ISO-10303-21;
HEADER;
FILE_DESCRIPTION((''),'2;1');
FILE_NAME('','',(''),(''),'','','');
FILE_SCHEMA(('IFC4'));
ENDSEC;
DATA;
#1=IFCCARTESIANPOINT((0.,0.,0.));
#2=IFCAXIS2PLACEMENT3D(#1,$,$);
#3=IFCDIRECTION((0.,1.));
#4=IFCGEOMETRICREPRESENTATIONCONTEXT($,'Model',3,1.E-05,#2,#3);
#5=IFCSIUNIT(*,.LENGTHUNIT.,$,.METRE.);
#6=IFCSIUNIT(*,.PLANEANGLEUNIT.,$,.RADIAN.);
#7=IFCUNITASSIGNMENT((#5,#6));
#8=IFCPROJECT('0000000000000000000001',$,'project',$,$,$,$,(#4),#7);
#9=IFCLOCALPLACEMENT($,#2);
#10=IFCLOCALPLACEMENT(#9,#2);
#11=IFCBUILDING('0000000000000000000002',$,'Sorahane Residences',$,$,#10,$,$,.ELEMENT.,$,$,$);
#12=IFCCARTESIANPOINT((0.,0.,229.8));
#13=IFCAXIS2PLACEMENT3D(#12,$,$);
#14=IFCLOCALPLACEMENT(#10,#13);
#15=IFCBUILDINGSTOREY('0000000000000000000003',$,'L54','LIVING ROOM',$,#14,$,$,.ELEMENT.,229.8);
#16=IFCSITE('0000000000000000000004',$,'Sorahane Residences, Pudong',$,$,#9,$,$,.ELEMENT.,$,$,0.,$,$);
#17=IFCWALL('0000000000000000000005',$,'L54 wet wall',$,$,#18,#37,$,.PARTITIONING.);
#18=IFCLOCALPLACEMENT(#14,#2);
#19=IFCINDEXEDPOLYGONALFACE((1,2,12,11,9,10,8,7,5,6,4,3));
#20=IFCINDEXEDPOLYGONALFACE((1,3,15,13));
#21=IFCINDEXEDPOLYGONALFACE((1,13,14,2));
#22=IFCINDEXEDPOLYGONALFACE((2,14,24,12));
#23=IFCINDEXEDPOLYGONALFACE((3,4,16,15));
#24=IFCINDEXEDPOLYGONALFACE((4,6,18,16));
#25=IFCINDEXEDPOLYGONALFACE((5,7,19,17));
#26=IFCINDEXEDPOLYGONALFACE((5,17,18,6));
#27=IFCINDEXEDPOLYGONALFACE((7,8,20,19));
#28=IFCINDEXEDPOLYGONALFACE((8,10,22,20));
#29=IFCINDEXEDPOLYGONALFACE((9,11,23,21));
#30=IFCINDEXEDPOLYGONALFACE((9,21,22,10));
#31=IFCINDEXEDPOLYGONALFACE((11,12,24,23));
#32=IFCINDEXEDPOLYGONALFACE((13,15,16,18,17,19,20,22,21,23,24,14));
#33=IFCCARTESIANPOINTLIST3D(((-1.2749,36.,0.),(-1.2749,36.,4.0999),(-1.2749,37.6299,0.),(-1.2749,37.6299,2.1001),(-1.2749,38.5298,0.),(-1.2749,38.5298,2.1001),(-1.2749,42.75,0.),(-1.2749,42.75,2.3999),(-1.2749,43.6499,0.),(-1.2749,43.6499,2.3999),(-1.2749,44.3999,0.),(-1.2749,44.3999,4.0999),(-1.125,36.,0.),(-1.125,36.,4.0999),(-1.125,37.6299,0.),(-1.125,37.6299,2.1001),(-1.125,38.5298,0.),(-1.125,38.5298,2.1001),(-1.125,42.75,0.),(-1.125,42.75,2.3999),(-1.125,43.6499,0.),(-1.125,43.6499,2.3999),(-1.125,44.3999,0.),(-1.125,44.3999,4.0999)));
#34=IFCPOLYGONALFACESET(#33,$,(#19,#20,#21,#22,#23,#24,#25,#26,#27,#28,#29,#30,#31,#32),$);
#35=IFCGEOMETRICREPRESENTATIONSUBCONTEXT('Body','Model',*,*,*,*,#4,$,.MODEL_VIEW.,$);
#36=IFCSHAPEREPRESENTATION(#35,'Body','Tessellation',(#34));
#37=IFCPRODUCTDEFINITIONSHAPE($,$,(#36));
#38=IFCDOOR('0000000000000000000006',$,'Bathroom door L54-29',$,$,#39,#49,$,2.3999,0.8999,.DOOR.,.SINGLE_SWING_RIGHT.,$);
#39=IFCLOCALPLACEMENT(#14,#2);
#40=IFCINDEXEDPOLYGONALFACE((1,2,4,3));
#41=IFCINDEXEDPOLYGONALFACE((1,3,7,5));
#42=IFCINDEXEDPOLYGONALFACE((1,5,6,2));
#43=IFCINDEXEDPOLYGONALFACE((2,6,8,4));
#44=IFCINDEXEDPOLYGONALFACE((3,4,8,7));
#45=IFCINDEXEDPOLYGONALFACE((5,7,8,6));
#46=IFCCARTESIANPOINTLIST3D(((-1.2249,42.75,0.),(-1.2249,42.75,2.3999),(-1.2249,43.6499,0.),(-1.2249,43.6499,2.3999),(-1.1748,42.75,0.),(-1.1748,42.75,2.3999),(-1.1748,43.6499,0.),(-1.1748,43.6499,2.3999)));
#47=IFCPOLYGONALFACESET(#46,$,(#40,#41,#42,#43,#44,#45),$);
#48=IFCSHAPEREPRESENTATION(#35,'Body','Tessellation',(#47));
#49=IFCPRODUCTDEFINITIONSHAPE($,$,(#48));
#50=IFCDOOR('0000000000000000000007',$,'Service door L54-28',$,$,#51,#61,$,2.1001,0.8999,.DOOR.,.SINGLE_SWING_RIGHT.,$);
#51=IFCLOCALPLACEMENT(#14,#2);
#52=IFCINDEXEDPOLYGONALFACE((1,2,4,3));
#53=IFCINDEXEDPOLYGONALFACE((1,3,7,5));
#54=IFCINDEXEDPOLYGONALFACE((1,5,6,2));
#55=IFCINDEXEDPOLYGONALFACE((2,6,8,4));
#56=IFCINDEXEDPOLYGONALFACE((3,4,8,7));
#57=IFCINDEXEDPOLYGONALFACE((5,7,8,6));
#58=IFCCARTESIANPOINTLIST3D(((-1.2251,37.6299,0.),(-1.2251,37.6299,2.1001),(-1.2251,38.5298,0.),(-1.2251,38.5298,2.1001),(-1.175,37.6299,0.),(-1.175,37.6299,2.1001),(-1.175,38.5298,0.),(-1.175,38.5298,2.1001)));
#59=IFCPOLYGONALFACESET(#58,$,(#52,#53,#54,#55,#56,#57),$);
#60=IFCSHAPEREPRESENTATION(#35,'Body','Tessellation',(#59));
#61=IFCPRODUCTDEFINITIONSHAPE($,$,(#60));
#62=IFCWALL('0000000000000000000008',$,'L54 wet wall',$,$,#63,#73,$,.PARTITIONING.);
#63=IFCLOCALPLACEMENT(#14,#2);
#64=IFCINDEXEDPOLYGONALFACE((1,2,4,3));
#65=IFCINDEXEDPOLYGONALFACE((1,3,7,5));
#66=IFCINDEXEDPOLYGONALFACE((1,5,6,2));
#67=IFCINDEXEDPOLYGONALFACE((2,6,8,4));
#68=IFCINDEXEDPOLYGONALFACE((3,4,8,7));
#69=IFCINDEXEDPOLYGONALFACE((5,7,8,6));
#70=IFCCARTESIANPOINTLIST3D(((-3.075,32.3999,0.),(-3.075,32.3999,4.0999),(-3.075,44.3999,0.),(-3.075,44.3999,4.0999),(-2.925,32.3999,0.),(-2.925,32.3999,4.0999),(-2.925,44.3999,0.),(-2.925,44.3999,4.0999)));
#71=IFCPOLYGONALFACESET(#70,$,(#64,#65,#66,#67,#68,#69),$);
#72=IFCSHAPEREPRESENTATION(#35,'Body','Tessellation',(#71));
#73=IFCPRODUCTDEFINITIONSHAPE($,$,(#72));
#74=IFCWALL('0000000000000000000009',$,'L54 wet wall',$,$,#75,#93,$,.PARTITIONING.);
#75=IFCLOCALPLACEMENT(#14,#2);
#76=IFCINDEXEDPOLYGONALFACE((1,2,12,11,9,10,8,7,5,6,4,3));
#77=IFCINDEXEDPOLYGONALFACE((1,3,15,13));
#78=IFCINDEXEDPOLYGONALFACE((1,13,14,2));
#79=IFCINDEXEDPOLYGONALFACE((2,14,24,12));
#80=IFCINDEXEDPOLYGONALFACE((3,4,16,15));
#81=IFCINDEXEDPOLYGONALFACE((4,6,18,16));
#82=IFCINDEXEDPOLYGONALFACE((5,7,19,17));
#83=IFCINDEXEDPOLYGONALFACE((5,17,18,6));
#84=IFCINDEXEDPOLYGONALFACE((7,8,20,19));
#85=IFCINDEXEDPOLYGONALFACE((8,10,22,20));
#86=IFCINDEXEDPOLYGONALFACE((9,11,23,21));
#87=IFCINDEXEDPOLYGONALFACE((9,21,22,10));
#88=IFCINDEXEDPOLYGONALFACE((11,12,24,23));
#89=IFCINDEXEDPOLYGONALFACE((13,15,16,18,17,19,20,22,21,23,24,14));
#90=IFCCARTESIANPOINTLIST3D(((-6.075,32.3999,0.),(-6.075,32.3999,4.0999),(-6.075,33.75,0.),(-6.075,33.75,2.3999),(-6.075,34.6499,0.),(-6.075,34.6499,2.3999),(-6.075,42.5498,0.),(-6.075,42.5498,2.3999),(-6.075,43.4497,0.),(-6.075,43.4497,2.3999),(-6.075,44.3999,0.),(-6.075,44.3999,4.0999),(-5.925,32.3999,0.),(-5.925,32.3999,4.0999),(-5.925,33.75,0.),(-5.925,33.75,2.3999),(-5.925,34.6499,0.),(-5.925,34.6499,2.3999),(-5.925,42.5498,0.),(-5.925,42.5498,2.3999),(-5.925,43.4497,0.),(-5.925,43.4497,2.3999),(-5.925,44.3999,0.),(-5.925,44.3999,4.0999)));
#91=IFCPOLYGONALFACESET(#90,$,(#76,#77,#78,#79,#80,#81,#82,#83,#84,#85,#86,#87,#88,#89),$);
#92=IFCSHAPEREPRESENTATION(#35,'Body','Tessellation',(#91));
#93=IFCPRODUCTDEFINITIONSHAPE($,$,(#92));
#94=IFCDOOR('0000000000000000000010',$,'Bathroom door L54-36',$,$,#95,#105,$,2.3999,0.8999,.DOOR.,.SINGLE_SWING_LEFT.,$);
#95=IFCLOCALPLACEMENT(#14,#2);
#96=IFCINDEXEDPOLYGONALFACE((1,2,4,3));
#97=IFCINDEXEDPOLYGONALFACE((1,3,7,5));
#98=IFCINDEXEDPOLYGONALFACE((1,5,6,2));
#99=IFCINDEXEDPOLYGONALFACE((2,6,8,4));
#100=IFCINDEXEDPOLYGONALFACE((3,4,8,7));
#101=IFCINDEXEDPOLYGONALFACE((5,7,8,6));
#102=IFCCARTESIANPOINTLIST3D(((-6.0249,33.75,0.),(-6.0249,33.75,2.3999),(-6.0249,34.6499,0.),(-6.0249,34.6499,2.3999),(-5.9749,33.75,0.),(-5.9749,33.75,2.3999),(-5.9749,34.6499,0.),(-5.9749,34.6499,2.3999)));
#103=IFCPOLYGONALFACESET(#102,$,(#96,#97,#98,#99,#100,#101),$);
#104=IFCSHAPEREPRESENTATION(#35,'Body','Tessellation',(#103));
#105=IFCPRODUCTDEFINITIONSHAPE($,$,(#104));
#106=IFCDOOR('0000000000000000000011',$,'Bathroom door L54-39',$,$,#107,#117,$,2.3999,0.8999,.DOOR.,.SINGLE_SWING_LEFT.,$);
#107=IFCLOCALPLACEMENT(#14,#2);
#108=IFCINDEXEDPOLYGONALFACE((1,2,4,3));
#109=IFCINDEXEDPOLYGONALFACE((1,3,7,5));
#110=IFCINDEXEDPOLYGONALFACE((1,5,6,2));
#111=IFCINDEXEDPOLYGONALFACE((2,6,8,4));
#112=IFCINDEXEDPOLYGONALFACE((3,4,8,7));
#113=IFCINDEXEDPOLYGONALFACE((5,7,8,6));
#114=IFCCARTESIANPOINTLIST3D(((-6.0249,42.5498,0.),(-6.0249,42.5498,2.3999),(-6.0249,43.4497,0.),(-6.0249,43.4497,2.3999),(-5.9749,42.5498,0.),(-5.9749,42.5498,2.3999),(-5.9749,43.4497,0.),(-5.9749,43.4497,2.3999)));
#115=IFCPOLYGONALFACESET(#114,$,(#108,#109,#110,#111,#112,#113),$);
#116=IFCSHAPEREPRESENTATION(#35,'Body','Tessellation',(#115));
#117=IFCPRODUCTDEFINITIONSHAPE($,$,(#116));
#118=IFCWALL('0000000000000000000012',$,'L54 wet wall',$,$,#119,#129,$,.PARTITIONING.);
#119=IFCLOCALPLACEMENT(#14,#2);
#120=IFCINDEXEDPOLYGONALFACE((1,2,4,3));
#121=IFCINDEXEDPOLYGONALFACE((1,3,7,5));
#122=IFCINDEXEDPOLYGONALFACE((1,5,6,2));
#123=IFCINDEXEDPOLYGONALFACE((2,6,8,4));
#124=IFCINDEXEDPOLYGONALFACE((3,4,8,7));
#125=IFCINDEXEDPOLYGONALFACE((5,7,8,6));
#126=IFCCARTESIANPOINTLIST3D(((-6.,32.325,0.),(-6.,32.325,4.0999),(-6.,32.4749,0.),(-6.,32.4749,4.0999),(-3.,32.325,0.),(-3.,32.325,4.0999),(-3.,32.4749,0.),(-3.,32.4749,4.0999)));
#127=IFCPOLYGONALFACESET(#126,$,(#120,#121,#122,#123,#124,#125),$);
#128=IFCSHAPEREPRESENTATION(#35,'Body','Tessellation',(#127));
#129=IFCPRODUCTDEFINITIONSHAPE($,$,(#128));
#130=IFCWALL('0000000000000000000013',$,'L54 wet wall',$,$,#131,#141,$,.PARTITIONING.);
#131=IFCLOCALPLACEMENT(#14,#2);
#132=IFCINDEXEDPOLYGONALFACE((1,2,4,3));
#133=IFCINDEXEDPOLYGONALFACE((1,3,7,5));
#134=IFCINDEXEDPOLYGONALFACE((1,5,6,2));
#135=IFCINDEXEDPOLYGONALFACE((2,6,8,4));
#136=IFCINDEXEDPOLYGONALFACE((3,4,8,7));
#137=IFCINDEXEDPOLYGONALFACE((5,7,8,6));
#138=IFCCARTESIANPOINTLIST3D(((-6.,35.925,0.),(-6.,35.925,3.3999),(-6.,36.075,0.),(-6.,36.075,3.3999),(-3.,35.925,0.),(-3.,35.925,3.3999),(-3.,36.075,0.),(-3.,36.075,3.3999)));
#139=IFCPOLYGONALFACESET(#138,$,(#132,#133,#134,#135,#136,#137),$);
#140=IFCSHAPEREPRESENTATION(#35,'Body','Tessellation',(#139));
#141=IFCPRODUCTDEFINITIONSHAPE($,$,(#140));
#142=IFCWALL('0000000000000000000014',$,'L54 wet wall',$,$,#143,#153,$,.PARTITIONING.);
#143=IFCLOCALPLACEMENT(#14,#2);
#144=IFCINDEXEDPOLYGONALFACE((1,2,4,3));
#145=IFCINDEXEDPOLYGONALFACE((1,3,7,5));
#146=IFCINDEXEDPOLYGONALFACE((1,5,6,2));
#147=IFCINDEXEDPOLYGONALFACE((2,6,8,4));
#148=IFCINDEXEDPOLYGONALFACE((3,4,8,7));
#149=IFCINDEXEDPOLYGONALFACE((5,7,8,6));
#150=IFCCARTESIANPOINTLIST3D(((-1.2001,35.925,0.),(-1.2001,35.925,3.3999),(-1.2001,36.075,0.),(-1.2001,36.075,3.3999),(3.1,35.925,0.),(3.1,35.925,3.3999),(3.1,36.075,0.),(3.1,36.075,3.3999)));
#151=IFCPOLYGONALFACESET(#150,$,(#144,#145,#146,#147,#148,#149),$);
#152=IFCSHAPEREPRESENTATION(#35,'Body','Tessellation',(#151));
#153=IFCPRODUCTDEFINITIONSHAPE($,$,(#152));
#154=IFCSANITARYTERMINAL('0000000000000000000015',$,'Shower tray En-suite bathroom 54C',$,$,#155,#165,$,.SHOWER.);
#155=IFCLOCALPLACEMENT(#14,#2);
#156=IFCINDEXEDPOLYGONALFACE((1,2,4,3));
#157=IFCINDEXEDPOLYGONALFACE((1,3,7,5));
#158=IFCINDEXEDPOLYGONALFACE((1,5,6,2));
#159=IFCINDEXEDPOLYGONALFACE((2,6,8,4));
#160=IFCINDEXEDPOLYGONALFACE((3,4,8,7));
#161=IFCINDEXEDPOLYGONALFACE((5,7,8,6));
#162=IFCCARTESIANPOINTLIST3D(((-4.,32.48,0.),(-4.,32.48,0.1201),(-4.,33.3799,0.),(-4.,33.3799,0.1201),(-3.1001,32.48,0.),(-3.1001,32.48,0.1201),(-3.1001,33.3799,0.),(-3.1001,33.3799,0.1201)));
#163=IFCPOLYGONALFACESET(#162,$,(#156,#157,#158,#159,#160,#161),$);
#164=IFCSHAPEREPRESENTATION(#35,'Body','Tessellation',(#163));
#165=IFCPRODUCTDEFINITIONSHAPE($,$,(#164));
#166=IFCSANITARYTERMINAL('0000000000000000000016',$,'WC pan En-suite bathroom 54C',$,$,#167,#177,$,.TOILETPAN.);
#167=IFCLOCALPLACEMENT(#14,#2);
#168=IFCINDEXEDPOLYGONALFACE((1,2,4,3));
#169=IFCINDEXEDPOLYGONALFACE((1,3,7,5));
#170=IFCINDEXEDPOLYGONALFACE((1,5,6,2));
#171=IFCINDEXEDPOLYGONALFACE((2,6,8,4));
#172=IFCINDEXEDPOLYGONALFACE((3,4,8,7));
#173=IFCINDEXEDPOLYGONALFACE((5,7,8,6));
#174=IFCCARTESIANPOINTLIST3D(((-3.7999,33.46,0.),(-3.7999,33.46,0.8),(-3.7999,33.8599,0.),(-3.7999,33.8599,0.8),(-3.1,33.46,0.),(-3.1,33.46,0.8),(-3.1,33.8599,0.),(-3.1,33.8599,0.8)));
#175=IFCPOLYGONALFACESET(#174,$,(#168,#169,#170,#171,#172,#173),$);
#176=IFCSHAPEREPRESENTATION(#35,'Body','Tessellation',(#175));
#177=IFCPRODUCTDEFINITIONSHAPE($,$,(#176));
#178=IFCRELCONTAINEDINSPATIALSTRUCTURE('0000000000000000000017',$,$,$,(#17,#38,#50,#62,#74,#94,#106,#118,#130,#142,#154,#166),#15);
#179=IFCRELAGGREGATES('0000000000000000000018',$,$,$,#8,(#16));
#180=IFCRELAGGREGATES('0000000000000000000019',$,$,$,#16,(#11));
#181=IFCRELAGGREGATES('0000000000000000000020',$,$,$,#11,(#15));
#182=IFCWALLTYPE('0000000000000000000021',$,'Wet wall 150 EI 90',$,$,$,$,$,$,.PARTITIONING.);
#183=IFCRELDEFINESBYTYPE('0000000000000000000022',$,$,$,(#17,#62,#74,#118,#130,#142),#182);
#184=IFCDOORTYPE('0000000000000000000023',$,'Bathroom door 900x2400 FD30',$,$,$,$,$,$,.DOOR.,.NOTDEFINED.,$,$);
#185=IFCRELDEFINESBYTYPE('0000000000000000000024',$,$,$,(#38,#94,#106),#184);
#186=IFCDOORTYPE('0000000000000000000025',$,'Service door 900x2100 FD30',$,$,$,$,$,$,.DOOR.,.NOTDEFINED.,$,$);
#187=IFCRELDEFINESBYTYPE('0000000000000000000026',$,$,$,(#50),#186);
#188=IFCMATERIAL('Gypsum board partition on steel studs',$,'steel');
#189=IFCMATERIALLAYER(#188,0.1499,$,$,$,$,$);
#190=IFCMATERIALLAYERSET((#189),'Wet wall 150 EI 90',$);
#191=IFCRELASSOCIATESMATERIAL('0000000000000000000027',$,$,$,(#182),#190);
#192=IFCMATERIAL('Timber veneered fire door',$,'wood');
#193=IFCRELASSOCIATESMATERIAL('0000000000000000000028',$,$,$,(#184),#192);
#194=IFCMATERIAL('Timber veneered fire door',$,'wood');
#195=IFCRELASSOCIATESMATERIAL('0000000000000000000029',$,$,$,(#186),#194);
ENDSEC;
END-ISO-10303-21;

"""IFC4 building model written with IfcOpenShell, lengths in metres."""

from ifc_helpers import new_model, si_unit, direction, frame, frame_2d, origin, origin_2d, place, context, subcontext, project, spatial, rectangle, extrude, material, layer, layer_set, type_object, element, fill, save


model = new_model("IFC4")

# Units and contexts
model_context = context("Model", 3, precision=1e-05, world=origin(), true_north=direction((0.0, 1.0)))
body_context = subcontext(model_context, "Body", "Model", "MODEL_VIEW")
ifc_project = project(units=[si_unit("LENGTHUNIT", "METRE"), si_unit("PLANEANGLEUNIT", "RADIAN")], contexts=[model_context])

# Site, building, storey
site_placement = place(None, origin())
site = spatial("IfcSite", under=ifc_project, at=site_placement, Name="Sorahane Residences, Pudong", CompositionType="ELEMENT", RefElevation=0.0)
building_placement = place(site_placement, origin())
building = spatial("IfcBuilding", under=site, at=building_placement, Name="Sorahane Residences", CompositionType="ELEMENT")
storey_placement = place(building_placement, frame((0.0, 0.0, 229.8)))
storey = spatial("IfcBuildingStorey", under=building, at=storey_placement, Name="L54", Description="LIVING ROOM", CompositionType="ELEMENT", Elevation=229.8)

# Wall, openings, doors
ifc_material_1 = material(Name="Gypsum board partition on steel studs", Category="steel")
ifc_layer_1 = layer(ifc_material_1, 0.1499)
ifc_layer_set_1 = layer_set([ifc_layer_1], Name="Wet wall 150 EI 90")
wall_type_1 = type_object("IfcWallType", Name="Wet wall 150 EI 90", PredefinedType="PARTITIONING", material=ifc_layer_set_1)
wall_1_placement = place(storey_placement, frame((-1.2, 36.0, 0.0), z_axis=(0.0, 0.0, 1.0), x_axis=(0.0, 1.0, 0.0)))
wall_1 = element("IfcWall", 1, at=wall_1_placement, inside=storey, type_object=wall_type_1, Name="L54 wet wall", PredefinedType="PARTITIONING", context=body_context, shape_type="SweptSolid", body=[
    extrude(rectangle(XDim=8.3999, YDim=0.1499, at=frame_2d((4.2, 0.0))), origin(), (0.0, 0.0, 1.0), 4.0999),
])
opening_1_placement = place(wall_1_placement, frame((1.6299, 0.0, 0.0)))
opening_1 = element("IfcOpeningElement", 2, at=opening_1_placement, cuts=wall_1, PredefinedType="OPENING", context=body_context, shape_type="SweptSolid", body=[
    extrude(rectangle(XDim=0.8999, YDim=2.1001, at=frame_2d((0.45, 1.05))), frame((0.0, 0.085, 0.0), z_axis=(0.0, -1.0, 0.0), x_axis=(1.0, 0.0, 0.0)), (0.0, 0.0, 1.0), 0.1699),
])
opening_2_placement = place(wall_1_placement, frame((6.75, 0.0, 0.0)))
opening_2 = element("IfcOpeningElement", 3, at=opening_2_placement, cuts=wall_1, PredefinedType="OPENING", context=body_context, shape_type="SweptSolid", body=[
    extrude(rectangle(XDim=0.8999, YDim=2.3999, at=frame_2d((0.45, 1.2))), frame((0.0, 0.085, 0.0), z_axis=(0.0, -1.0, 0.0), x_axis=(1.0, 0.0, 0.0)), (0.0, 0.0, 1.0), 0.1699),
])
ifc_material_2 = material(Name="Timber veneered fire door", Category="wood")
door_type_1 = type_object("IfcDoorType", Name="Bathroom door 900x2400 FD30", OperationType="NOTDEFINED", PredefinedType="DOOR", material=ifc_material_2)
door_1_placement = place(opening_2_placement, origin())
door_1 = element("IfcDoor", 4, at=door_1_placement, inside=storey, type_object=door_type_1, Name="Bathroom door L54-29", OperationType="SINGLE_SWING_RIGHT", OverallHeight=2.3999, OverallWidth=0.8999, PredefinedType="DOOR", context=body_context, shape_type="SweptSolid", body=[
    extrude(rectangle(XDim=0.8999, YDim=2.3999, at=frame_2d((0.45, 1.2))), frame((0.0, 0.0249, 0.0), z_axis=(0.0, -1.0, 0.0), x_axis=(1.0, 0.0, 0.0)), (0.0, 0.0, 1.0), 0.05),
])
fill(opening_2, door_1)
ifc_material_3 = material(Name="Timber veneered fire door", Category="wood")
door_type_2 = type_object("IfcDoorType", Name="Service door 900x2100 FD30", OperationType="NOTDEFINED", PredefinedType="DOOR", material=ifc_material_3)
door_2_placement = place(opening_1_placement, frame((0.8999, 0.0, 0.0), z_axis=(0.0, 0.0, 1.0), x_axis=(-1.0, 0.0, 0.0)))
door_2 = element("IfcDoor", 5, at=door_2_placement, inside=storey, type_object=door_type_2, Name="Service door L54-28", OperationType="SINGLE_SWING_RIGHT", OverallHeight=2.1001, OverallWidth=0.8999, PredefinedType="DOOR", context=body_context, shape_type="SweptSolid", body=[
    extrude(rectangle(XDim=0.8999, YDim=2.1001, at=frame_2d((0.45, 1.05))), frame((0.0, 0.0249, 0.0), z_axis=(0.0, -1.0, 0.0), x_axis=(1.0, 0.0, 0.0)), (0.0, 0.0, 1.0), 0.05),
])
fill(opening_1, door_2)

# Wall
wall_2_placement = place(storey_placement, frame((-3.0, 32.3999, 0.0), z_axis=(0.0, 0.0, 1.0), x_axis=(0.0, 1.0, 0.0)))
element("IfcWall", 6, at=wall_2_placement, inside=storey, type_object=wall_type_1, Name="L54 wet wall", PredefinedType="PARTITIONING", context=body_context, shape_type="SweptSolid", body=[
    extrude(rectangle(XDim=12.0, YDim=0.1499, at=frame_2d((6.0, 0.0))), origin(), (0.0, 0.0, 1.0), 4.0999),
])

# Wall, openings, doors
wall_3_placement = place(storey_placement, frame((-6.0, 32.3999, 0.0), z_axis=(0.0, 0.0, 1.0), x_axis=(0.0, 1.0, 0.0)))
wall_3 = element("IfcWall", 7, at=wall_3_placement, inside=storey, type_object=wall_type_1, Name="L54 wet wall", PredefinedType="PARTITIONING", context=body_context, shape_type="SweptSolid", body=[
    extrude(rectangle(XDim=12.0, YDim=0.1499, at=frame_2d((6.0, 0.0))), origin(), (0.0, 0.0, 1.0), 4.0999),
])
opening_3_placement = place(wall_3_placement, frame((1.3501, 0.0, 0.0)))
opening_3 = element("IfcOpeningElement", 8, at=opening_3_placement, cuts=wall_3, PredefinedType="OPENING", context=body_context, shape_type="SweptSolid", body=[
    extrude(rectangle(XDim=0.8999, YDim=2.3999, at=frame_2d((0.45, 1.2))), frame((0.0, 0.085, 0.0), z_axis=(0.0, -1.0, 0.0), x_axis=(1.0, 0.0, 0.0)), (0.0, 0.0, 1.0), 0.1699),
])
opening_4_placement = place(wall_3_placement, frame((10.1499, 0.0, 0.0)))
opening_4 = element("IfcOpeningElement", 9, at=opening_4_placement, cuts=wall_3, PredefinedType="OPENING", context=body_context, shape_type="SweptSolid", body=[
    extrude(rectangle(XDim=0.8999, YDim=2.3999, at=frame_2d((0.45, 1.2))), frame((0.0, 0.085, 0.0), z_axis=(0.0, -1.0, 0.0), x_axis=(1.0, 0.0, 0.0)), (0.0, 0.0, 1.0), 0.1699),
])
door_3_placement = place(opening_3_placement, origin())
door_3 = element("IfcDoor", 10, at=door_3_placement, inside=storey, type_object=door_type_1, Name="Bathroom door L54-36", OperationType="SINGLE_SWING_LEFT", OverallHeight=2.3999, OverallWidth=0.8999, PredefinedType="DOOR", context=body_context, shape_type="SweptSolid", body=[
    extrude(rectangle(XDim=0.8999, YDim=2.3999, at=frame_2d((0.45, 1.2))), frame((0.0, 0.0249, 0.0), z_axis=(0.0, -1.0, 0.0), x_axis=(1.0, 0.0, 0.0)), (0.0, 0.0, 1.0), 0.05),
])
fill(opening_3, door_3)
door_4_placement = place(opening_4_placement, origin())
door_4 = element("IfcDoor", 11, at=door_4_placement, inside=storey, type_object=door_type_1, Name="Bathroom door L54-39", OperationType="SINGLE_SWING_LEFT", OverallHeight=2.3999, OverallWidth=0.8999, PredefinedType="DOOR", context=body_context, shape_type="SweptSolid", body=[
    extrude(rectangle(XDim=0.8999, YDim=2.3999, at=frame_2d((0.45, 1.2))), frame((0.0, 0.0249, 0.0), z_axis=(0.0, -1.0, 0.0), x_axis=(1.0, 0.0, 0.0)), (0.0, 0.0, 1.0), 0.05),
])
fill(opening_4, door_4)

# Walls
wall_4_placement = place(storey_placement, frame((-6.0, 32.3999, 0.0), z_axis=(0.0, 0.0, 1.0), x_axis=(1.0, 0.0, 0.0)))
element("IfcWall", 12, at=wall_4_placement, inside=storey, type_object=wall_type_1, Name="L54 wet wall", PredefinedType="PARTITIONING", context=body_context, shape_type="SweptSolid", body=[
    extrude(rectangle(XDim=3.0, YDim=0.1499, at=frame_2d((1.5, 0.0))), origin(), (0.0, 0.0, 1.0), 4.0999),
])
wall_5_placement = place(storey_placement, frame((-6.0, 36.0, 0.0), z_axis=(0.0, 0.0, 1.0), x_axis=(1.0, 0.0, 0.0)))
element("IfcWall", 13, at=wall_5_placement, inside=storey, type_object=wall_type_1, Name="L54 wet wall", PredefinedType="PARTITIONING", context=body_context, shape_type="SweptSolid", body=[
    extrude(rectangle(XDim=3.0, YDim=0.1499, at=frame_2d((1.5, 0.0))), origin(), (0.0, 0.0, 1.0), 3.3999),
])
wall_6_placement = place(storey_placement, frame((-1.2, 36.0, 0.0), z_axis=(0.0, 0.0, 1.0), x_axis=(1.0, 0.0, 0.0)))
element("IfcWall", 14, at=wall_6_placement, inside=storey, type_object=wall_type_1, Name="L54 wet wall", PredefinedType="PARTITIONING", context=body_context, shape_type="SweptSolid", body=[
    extrude(rectangle(XDim=4.3, YDim=0.1499, at=frame_2d((2.1499, 0.0))), origin(), (0.0, 0.0, 1.0), 3.3999),
])

# Sanitary terminals
sanitary_terminal_1_placement = place(storey_placement, frame((-3.55, 32.9299, 0.0), z_axis=(0.0, 0.0, 1.0), x_axis=(0.0, -1.0, 0.0)))
element("IfcSanitaryTerminal", 15, at=sanitary_terminal_1_placement, inside=storey, Name="Shower tray En-suite bathroom 54C", PredefinedType="SHOWER", context=body_context, shape_type="SweptSolid", body=[
    extrude(rectangle(XDim=0.8999, YDim=0.8999, at=origin_2d()), origin(), (0.0, 0.0, 1.0), 0.1201),
])
sanitary_terminal_2_placement = place(storey_placement, frame((-3.45, 33.6599, 0.0), z_axis=(0.0, 0.0, 1.0), x_axis=(0.0, -1.0, 0.0)))
element("IfcSanitaryTerminal", 16, at=sanitary_terminal_2_placement, inside=storey, Name="WC pan En-suite bathroom 54C", PredefinedType="TOILETPAN", context=body_context, shape_type="SweptSolid", body=[
    extrude(rectangle(XDim=0.3999, YDim=0.7, at=origin_2d()), origin(), (0.0, 0.0, 1.0), 0.8),
])

save(model, "model.ifc")
